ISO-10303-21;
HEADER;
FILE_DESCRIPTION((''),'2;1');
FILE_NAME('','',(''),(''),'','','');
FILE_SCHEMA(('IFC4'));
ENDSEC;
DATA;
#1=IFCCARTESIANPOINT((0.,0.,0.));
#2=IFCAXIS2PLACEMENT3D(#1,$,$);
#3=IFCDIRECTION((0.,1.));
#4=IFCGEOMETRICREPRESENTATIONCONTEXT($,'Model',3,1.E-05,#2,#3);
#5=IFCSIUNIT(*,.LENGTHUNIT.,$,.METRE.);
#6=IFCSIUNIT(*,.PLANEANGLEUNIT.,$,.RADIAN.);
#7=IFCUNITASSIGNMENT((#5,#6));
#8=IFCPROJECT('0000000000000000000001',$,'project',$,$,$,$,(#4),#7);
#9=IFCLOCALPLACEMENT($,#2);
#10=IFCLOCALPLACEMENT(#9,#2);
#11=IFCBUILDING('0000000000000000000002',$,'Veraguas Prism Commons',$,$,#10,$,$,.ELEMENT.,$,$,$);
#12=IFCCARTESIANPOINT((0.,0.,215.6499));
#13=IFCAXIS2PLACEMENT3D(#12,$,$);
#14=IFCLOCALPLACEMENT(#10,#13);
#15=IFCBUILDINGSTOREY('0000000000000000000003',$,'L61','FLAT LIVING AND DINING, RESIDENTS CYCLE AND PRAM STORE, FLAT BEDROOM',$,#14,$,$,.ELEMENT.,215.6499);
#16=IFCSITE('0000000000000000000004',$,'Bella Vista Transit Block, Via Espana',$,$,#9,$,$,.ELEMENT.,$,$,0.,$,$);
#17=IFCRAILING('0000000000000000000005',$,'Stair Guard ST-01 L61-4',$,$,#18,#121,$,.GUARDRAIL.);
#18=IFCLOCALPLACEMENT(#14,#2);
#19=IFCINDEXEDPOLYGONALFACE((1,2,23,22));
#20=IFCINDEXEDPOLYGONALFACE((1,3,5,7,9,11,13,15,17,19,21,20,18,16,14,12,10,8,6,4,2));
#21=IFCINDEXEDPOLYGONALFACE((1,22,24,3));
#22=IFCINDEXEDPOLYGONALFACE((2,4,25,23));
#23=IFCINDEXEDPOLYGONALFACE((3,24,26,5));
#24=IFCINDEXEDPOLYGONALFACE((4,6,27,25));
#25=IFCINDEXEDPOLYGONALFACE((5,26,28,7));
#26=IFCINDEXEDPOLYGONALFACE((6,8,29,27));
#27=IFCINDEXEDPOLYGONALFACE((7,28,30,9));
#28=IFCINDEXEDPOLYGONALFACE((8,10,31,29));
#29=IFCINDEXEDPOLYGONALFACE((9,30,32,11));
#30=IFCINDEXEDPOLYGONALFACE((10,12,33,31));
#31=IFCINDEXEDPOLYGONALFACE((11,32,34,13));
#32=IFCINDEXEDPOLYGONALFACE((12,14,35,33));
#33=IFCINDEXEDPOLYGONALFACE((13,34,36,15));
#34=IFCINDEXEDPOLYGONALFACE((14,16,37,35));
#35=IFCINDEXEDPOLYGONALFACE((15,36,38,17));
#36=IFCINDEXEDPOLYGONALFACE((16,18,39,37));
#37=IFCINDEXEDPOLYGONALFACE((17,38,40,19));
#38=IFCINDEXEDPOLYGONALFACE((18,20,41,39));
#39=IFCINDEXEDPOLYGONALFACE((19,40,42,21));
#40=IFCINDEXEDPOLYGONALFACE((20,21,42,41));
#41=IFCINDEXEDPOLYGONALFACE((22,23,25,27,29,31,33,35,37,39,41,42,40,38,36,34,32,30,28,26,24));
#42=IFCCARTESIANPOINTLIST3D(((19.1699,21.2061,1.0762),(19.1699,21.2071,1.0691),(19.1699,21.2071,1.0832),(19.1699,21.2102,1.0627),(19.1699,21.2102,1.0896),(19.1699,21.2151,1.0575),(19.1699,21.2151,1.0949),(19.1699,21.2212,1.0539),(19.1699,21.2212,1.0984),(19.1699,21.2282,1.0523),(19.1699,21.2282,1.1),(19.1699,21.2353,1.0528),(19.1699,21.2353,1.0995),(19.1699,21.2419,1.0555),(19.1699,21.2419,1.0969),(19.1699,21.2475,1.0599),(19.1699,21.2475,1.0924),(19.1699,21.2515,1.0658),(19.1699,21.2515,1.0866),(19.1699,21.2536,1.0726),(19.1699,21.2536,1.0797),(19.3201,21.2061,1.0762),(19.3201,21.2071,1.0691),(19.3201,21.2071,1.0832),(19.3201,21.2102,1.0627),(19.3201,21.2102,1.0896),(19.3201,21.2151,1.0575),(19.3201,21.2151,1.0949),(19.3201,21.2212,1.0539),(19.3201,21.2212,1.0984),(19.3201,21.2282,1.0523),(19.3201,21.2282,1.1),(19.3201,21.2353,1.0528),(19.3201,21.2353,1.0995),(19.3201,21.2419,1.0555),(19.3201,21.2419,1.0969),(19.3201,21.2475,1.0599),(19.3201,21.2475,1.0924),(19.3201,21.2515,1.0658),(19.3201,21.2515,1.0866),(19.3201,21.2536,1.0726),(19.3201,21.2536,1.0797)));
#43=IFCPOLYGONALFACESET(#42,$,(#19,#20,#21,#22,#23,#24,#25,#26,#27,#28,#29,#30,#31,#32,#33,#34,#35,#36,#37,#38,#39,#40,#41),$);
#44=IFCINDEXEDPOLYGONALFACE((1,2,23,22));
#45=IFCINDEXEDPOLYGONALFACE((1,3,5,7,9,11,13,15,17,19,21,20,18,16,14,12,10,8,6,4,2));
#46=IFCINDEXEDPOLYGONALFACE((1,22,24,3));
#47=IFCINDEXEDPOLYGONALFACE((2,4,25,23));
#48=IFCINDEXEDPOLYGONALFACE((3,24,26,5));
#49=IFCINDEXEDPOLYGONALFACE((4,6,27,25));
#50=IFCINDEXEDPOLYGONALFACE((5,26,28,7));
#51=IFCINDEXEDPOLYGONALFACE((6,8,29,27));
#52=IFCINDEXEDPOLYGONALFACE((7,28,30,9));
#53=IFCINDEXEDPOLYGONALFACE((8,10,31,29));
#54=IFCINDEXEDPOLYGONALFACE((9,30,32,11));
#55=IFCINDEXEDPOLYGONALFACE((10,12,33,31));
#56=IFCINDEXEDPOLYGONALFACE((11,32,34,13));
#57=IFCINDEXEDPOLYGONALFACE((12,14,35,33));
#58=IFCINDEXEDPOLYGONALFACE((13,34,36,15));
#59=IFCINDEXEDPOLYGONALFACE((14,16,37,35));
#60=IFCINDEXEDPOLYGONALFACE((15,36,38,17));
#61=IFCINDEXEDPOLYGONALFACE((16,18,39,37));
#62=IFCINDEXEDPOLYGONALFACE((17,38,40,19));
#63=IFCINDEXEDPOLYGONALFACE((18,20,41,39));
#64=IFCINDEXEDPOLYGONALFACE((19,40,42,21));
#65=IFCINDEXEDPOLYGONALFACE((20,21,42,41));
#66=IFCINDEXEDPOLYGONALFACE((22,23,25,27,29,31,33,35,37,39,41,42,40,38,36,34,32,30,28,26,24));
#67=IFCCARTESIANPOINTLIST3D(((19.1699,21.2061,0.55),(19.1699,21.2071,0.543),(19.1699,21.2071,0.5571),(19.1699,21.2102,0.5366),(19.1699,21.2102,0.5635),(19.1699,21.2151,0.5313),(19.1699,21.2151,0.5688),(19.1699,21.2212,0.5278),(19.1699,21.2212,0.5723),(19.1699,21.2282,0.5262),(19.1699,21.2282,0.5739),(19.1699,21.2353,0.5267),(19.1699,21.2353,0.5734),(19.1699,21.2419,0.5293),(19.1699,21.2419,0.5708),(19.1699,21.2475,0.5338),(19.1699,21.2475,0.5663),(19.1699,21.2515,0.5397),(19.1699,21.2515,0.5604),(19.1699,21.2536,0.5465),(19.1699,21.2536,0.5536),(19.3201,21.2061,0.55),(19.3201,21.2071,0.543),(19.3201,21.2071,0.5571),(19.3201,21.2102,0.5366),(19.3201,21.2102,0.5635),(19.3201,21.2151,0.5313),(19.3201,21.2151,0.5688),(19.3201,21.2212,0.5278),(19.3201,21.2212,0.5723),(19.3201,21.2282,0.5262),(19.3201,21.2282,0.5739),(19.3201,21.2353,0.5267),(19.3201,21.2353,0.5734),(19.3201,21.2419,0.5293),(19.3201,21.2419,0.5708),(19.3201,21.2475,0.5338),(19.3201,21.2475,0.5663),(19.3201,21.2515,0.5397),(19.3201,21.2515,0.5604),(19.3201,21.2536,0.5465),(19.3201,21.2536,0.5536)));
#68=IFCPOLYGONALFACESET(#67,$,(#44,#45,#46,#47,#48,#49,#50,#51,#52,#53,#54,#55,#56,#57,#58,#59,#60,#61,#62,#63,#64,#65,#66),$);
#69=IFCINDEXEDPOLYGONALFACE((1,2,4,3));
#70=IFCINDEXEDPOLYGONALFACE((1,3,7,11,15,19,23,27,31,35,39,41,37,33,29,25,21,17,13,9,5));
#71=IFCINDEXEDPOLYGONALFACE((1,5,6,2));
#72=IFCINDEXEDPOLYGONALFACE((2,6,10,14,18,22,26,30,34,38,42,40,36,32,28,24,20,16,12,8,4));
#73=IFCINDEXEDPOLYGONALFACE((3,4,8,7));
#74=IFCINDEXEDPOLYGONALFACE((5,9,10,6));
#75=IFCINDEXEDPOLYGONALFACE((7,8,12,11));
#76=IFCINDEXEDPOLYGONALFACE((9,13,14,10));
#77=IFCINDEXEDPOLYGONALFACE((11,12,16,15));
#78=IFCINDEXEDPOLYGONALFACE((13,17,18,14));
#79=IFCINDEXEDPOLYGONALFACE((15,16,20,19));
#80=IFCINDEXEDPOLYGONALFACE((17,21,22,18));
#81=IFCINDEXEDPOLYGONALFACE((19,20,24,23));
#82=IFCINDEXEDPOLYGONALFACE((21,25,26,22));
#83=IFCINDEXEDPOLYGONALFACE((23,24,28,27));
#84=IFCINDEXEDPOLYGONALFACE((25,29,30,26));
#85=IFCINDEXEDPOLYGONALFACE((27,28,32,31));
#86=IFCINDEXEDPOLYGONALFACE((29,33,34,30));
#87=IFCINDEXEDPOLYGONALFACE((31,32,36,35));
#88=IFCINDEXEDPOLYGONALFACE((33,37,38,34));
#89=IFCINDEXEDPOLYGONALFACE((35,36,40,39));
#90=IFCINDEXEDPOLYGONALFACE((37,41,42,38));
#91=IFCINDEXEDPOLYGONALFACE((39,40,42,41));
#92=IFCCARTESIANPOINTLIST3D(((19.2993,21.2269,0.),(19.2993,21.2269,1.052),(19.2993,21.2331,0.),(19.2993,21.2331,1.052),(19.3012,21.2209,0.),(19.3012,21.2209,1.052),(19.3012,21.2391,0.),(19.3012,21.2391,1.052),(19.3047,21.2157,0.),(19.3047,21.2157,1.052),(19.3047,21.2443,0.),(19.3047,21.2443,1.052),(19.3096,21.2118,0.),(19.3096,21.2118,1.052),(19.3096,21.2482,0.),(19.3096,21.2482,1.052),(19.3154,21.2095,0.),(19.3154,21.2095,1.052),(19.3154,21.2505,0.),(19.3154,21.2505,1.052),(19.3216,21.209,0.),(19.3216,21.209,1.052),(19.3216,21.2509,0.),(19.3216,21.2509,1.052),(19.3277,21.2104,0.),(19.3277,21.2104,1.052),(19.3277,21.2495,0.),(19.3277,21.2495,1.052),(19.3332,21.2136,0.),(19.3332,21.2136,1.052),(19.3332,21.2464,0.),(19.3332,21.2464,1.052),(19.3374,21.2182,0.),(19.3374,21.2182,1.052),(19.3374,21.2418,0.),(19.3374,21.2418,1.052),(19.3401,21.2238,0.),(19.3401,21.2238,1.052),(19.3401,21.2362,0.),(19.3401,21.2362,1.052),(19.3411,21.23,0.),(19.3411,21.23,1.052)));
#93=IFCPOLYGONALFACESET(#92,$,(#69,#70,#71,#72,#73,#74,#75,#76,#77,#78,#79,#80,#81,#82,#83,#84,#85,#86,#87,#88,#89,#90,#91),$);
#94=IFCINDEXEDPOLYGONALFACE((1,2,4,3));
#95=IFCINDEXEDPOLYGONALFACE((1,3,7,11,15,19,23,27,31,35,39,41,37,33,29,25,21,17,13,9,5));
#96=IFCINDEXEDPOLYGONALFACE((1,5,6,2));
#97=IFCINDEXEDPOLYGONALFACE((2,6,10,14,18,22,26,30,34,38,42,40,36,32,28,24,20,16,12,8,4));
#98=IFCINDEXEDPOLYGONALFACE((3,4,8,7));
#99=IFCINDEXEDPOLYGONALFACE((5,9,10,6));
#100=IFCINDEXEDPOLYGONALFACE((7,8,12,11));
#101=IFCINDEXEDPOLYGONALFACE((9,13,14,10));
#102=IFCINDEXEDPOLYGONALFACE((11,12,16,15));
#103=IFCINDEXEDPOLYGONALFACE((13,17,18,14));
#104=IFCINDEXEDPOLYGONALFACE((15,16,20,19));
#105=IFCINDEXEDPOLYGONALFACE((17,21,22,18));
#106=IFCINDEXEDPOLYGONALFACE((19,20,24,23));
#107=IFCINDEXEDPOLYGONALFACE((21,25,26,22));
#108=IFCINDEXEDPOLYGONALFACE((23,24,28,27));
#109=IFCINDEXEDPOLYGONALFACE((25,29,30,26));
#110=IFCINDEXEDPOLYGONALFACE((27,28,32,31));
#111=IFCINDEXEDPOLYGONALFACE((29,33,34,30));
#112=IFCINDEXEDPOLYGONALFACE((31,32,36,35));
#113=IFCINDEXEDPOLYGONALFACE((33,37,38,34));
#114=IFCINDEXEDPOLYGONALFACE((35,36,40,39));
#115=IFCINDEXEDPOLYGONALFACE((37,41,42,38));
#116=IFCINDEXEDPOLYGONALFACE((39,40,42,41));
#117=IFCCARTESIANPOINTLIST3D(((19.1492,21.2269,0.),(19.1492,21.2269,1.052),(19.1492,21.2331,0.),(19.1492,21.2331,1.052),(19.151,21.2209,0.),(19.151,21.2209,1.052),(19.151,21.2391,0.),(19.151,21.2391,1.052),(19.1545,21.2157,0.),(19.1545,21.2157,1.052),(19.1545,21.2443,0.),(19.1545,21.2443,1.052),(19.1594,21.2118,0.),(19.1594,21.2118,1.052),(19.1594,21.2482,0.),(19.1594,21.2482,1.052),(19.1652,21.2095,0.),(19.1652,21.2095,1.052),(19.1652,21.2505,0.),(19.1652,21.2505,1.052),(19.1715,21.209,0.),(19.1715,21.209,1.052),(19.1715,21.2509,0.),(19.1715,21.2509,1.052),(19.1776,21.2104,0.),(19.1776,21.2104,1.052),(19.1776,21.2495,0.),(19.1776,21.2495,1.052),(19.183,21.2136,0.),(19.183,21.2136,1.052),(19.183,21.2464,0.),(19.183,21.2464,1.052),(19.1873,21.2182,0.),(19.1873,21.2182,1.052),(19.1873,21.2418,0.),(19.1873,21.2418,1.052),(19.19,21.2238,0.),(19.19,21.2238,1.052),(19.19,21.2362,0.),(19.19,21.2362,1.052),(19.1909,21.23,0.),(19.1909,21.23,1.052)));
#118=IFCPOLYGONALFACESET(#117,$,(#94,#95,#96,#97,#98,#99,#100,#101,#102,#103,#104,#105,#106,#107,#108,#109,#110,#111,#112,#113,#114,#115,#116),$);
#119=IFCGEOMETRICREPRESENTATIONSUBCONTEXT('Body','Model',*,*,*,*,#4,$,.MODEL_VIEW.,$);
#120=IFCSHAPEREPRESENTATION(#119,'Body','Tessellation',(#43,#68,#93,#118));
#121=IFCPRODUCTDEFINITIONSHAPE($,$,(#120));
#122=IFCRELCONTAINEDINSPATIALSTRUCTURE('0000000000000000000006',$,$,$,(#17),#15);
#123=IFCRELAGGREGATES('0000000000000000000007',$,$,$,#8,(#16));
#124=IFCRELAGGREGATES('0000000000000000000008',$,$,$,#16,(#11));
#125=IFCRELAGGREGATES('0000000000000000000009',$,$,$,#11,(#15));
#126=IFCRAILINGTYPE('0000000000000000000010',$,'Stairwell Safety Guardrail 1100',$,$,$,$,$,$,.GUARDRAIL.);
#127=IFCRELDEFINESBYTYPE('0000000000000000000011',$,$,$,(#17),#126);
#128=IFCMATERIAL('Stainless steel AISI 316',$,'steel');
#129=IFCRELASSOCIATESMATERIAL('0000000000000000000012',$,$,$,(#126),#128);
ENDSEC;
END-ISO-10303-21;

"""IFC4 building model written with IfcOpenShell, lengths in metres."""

from ifc_helpers import new_model, si_unit, direction, frame, origin, origin_2d, place, context, subcontext, project, spatial, circle, extrude, material, type_object, element, save


model = new_model("IFC4")

# Units and contexts
model_context = context("Model", 3, precision=1e-05, world=origin(), true_north=direction((0.0, 1.0)))
body_context = subcontext(model_context, "Body", "Model", "MODEL_VIEW")
ifc_project = project(units=[si_unit("LENGTHUNIT", "METRE"), si_unit("PLANEANGLEUNIT", "RADIAN")], contexts=[model_context])

# Site, building, storey
site_placement = place(None, origin())
site = spatial("IfcSite", under=ifc_project, at=site_placement, Name="Bella Vista Transit Block, Via Espana", CompositionType="ELEMENT", RefElevation=0.0)
building_placement = place(site_placement, origin())
building = spatial("IfcBuilding", under=site, at=building_placement, Name="Veraguas Prism Commons", CompositionType="ELEMENT")
storey_placement = place(building_placement, frame((0.0, 0.0, 215.6499)))
storey = spatial("IfcBuildingStorey", under=building, at=storey_placement, Name="L61", Description="FLAT LIVING AND DINING, RESIDENTS CYCLE AND PRAM STORE, FLAT BEDROOM", CompositionType="ELEMENT", Elevation=215.6499)

# Railing
ifc_material_1 = material(Name="Stainless steel AISI 316", Category="steel")
railing_type_1 = type_object("IfcRailingType", Name="Stairwell Safety Guardrail 1100", PredefinedType="GUARDRAIL", material=ifc_material_1)
railing_1_placement = place(storey_placement, frame((19.3201, 21.23, 0.0)))
element("IfcRailing", 1, at=railing_1_placement, inside=storey, type_object=railing_type_1, Name="Stair Guard ST-01 L61-4", PredefinedType="GUARDRAIL", context=body_context, shape_type="SweptSolid", body=[
    extrude(circle(Radius=0.0239, at=origin_2d()), frame((0.0, 0.0, 1.0762), z_axis=(-1.0, 0.0, 0.0), x_axis=(0.0, -1.0, 0.0)), (0.0, 0.0, 1.0), 0.1501),
    extrude(circle(Radius=0.0239, at=origin_2d()), frame((0.0, 0.0, 0.55), z_axis=(-1.0, 0.0, 0.0), x_axis=(0.0, -1.0, 0.0)), (0.0, 0.0, 1.0), 0.1501),
    extrude(circle(Radius=0.021, at=origin_2d()), origin(), (0.0, 0.0, 1.0), 1.052),
    extrude(circle(Radius=0.021, at=origin_2d()), frame((-0.1501, 0.0, 0.0)), (0.0, 0.0, 1.0), 1.052),
])

save(model, "model.ifc")
